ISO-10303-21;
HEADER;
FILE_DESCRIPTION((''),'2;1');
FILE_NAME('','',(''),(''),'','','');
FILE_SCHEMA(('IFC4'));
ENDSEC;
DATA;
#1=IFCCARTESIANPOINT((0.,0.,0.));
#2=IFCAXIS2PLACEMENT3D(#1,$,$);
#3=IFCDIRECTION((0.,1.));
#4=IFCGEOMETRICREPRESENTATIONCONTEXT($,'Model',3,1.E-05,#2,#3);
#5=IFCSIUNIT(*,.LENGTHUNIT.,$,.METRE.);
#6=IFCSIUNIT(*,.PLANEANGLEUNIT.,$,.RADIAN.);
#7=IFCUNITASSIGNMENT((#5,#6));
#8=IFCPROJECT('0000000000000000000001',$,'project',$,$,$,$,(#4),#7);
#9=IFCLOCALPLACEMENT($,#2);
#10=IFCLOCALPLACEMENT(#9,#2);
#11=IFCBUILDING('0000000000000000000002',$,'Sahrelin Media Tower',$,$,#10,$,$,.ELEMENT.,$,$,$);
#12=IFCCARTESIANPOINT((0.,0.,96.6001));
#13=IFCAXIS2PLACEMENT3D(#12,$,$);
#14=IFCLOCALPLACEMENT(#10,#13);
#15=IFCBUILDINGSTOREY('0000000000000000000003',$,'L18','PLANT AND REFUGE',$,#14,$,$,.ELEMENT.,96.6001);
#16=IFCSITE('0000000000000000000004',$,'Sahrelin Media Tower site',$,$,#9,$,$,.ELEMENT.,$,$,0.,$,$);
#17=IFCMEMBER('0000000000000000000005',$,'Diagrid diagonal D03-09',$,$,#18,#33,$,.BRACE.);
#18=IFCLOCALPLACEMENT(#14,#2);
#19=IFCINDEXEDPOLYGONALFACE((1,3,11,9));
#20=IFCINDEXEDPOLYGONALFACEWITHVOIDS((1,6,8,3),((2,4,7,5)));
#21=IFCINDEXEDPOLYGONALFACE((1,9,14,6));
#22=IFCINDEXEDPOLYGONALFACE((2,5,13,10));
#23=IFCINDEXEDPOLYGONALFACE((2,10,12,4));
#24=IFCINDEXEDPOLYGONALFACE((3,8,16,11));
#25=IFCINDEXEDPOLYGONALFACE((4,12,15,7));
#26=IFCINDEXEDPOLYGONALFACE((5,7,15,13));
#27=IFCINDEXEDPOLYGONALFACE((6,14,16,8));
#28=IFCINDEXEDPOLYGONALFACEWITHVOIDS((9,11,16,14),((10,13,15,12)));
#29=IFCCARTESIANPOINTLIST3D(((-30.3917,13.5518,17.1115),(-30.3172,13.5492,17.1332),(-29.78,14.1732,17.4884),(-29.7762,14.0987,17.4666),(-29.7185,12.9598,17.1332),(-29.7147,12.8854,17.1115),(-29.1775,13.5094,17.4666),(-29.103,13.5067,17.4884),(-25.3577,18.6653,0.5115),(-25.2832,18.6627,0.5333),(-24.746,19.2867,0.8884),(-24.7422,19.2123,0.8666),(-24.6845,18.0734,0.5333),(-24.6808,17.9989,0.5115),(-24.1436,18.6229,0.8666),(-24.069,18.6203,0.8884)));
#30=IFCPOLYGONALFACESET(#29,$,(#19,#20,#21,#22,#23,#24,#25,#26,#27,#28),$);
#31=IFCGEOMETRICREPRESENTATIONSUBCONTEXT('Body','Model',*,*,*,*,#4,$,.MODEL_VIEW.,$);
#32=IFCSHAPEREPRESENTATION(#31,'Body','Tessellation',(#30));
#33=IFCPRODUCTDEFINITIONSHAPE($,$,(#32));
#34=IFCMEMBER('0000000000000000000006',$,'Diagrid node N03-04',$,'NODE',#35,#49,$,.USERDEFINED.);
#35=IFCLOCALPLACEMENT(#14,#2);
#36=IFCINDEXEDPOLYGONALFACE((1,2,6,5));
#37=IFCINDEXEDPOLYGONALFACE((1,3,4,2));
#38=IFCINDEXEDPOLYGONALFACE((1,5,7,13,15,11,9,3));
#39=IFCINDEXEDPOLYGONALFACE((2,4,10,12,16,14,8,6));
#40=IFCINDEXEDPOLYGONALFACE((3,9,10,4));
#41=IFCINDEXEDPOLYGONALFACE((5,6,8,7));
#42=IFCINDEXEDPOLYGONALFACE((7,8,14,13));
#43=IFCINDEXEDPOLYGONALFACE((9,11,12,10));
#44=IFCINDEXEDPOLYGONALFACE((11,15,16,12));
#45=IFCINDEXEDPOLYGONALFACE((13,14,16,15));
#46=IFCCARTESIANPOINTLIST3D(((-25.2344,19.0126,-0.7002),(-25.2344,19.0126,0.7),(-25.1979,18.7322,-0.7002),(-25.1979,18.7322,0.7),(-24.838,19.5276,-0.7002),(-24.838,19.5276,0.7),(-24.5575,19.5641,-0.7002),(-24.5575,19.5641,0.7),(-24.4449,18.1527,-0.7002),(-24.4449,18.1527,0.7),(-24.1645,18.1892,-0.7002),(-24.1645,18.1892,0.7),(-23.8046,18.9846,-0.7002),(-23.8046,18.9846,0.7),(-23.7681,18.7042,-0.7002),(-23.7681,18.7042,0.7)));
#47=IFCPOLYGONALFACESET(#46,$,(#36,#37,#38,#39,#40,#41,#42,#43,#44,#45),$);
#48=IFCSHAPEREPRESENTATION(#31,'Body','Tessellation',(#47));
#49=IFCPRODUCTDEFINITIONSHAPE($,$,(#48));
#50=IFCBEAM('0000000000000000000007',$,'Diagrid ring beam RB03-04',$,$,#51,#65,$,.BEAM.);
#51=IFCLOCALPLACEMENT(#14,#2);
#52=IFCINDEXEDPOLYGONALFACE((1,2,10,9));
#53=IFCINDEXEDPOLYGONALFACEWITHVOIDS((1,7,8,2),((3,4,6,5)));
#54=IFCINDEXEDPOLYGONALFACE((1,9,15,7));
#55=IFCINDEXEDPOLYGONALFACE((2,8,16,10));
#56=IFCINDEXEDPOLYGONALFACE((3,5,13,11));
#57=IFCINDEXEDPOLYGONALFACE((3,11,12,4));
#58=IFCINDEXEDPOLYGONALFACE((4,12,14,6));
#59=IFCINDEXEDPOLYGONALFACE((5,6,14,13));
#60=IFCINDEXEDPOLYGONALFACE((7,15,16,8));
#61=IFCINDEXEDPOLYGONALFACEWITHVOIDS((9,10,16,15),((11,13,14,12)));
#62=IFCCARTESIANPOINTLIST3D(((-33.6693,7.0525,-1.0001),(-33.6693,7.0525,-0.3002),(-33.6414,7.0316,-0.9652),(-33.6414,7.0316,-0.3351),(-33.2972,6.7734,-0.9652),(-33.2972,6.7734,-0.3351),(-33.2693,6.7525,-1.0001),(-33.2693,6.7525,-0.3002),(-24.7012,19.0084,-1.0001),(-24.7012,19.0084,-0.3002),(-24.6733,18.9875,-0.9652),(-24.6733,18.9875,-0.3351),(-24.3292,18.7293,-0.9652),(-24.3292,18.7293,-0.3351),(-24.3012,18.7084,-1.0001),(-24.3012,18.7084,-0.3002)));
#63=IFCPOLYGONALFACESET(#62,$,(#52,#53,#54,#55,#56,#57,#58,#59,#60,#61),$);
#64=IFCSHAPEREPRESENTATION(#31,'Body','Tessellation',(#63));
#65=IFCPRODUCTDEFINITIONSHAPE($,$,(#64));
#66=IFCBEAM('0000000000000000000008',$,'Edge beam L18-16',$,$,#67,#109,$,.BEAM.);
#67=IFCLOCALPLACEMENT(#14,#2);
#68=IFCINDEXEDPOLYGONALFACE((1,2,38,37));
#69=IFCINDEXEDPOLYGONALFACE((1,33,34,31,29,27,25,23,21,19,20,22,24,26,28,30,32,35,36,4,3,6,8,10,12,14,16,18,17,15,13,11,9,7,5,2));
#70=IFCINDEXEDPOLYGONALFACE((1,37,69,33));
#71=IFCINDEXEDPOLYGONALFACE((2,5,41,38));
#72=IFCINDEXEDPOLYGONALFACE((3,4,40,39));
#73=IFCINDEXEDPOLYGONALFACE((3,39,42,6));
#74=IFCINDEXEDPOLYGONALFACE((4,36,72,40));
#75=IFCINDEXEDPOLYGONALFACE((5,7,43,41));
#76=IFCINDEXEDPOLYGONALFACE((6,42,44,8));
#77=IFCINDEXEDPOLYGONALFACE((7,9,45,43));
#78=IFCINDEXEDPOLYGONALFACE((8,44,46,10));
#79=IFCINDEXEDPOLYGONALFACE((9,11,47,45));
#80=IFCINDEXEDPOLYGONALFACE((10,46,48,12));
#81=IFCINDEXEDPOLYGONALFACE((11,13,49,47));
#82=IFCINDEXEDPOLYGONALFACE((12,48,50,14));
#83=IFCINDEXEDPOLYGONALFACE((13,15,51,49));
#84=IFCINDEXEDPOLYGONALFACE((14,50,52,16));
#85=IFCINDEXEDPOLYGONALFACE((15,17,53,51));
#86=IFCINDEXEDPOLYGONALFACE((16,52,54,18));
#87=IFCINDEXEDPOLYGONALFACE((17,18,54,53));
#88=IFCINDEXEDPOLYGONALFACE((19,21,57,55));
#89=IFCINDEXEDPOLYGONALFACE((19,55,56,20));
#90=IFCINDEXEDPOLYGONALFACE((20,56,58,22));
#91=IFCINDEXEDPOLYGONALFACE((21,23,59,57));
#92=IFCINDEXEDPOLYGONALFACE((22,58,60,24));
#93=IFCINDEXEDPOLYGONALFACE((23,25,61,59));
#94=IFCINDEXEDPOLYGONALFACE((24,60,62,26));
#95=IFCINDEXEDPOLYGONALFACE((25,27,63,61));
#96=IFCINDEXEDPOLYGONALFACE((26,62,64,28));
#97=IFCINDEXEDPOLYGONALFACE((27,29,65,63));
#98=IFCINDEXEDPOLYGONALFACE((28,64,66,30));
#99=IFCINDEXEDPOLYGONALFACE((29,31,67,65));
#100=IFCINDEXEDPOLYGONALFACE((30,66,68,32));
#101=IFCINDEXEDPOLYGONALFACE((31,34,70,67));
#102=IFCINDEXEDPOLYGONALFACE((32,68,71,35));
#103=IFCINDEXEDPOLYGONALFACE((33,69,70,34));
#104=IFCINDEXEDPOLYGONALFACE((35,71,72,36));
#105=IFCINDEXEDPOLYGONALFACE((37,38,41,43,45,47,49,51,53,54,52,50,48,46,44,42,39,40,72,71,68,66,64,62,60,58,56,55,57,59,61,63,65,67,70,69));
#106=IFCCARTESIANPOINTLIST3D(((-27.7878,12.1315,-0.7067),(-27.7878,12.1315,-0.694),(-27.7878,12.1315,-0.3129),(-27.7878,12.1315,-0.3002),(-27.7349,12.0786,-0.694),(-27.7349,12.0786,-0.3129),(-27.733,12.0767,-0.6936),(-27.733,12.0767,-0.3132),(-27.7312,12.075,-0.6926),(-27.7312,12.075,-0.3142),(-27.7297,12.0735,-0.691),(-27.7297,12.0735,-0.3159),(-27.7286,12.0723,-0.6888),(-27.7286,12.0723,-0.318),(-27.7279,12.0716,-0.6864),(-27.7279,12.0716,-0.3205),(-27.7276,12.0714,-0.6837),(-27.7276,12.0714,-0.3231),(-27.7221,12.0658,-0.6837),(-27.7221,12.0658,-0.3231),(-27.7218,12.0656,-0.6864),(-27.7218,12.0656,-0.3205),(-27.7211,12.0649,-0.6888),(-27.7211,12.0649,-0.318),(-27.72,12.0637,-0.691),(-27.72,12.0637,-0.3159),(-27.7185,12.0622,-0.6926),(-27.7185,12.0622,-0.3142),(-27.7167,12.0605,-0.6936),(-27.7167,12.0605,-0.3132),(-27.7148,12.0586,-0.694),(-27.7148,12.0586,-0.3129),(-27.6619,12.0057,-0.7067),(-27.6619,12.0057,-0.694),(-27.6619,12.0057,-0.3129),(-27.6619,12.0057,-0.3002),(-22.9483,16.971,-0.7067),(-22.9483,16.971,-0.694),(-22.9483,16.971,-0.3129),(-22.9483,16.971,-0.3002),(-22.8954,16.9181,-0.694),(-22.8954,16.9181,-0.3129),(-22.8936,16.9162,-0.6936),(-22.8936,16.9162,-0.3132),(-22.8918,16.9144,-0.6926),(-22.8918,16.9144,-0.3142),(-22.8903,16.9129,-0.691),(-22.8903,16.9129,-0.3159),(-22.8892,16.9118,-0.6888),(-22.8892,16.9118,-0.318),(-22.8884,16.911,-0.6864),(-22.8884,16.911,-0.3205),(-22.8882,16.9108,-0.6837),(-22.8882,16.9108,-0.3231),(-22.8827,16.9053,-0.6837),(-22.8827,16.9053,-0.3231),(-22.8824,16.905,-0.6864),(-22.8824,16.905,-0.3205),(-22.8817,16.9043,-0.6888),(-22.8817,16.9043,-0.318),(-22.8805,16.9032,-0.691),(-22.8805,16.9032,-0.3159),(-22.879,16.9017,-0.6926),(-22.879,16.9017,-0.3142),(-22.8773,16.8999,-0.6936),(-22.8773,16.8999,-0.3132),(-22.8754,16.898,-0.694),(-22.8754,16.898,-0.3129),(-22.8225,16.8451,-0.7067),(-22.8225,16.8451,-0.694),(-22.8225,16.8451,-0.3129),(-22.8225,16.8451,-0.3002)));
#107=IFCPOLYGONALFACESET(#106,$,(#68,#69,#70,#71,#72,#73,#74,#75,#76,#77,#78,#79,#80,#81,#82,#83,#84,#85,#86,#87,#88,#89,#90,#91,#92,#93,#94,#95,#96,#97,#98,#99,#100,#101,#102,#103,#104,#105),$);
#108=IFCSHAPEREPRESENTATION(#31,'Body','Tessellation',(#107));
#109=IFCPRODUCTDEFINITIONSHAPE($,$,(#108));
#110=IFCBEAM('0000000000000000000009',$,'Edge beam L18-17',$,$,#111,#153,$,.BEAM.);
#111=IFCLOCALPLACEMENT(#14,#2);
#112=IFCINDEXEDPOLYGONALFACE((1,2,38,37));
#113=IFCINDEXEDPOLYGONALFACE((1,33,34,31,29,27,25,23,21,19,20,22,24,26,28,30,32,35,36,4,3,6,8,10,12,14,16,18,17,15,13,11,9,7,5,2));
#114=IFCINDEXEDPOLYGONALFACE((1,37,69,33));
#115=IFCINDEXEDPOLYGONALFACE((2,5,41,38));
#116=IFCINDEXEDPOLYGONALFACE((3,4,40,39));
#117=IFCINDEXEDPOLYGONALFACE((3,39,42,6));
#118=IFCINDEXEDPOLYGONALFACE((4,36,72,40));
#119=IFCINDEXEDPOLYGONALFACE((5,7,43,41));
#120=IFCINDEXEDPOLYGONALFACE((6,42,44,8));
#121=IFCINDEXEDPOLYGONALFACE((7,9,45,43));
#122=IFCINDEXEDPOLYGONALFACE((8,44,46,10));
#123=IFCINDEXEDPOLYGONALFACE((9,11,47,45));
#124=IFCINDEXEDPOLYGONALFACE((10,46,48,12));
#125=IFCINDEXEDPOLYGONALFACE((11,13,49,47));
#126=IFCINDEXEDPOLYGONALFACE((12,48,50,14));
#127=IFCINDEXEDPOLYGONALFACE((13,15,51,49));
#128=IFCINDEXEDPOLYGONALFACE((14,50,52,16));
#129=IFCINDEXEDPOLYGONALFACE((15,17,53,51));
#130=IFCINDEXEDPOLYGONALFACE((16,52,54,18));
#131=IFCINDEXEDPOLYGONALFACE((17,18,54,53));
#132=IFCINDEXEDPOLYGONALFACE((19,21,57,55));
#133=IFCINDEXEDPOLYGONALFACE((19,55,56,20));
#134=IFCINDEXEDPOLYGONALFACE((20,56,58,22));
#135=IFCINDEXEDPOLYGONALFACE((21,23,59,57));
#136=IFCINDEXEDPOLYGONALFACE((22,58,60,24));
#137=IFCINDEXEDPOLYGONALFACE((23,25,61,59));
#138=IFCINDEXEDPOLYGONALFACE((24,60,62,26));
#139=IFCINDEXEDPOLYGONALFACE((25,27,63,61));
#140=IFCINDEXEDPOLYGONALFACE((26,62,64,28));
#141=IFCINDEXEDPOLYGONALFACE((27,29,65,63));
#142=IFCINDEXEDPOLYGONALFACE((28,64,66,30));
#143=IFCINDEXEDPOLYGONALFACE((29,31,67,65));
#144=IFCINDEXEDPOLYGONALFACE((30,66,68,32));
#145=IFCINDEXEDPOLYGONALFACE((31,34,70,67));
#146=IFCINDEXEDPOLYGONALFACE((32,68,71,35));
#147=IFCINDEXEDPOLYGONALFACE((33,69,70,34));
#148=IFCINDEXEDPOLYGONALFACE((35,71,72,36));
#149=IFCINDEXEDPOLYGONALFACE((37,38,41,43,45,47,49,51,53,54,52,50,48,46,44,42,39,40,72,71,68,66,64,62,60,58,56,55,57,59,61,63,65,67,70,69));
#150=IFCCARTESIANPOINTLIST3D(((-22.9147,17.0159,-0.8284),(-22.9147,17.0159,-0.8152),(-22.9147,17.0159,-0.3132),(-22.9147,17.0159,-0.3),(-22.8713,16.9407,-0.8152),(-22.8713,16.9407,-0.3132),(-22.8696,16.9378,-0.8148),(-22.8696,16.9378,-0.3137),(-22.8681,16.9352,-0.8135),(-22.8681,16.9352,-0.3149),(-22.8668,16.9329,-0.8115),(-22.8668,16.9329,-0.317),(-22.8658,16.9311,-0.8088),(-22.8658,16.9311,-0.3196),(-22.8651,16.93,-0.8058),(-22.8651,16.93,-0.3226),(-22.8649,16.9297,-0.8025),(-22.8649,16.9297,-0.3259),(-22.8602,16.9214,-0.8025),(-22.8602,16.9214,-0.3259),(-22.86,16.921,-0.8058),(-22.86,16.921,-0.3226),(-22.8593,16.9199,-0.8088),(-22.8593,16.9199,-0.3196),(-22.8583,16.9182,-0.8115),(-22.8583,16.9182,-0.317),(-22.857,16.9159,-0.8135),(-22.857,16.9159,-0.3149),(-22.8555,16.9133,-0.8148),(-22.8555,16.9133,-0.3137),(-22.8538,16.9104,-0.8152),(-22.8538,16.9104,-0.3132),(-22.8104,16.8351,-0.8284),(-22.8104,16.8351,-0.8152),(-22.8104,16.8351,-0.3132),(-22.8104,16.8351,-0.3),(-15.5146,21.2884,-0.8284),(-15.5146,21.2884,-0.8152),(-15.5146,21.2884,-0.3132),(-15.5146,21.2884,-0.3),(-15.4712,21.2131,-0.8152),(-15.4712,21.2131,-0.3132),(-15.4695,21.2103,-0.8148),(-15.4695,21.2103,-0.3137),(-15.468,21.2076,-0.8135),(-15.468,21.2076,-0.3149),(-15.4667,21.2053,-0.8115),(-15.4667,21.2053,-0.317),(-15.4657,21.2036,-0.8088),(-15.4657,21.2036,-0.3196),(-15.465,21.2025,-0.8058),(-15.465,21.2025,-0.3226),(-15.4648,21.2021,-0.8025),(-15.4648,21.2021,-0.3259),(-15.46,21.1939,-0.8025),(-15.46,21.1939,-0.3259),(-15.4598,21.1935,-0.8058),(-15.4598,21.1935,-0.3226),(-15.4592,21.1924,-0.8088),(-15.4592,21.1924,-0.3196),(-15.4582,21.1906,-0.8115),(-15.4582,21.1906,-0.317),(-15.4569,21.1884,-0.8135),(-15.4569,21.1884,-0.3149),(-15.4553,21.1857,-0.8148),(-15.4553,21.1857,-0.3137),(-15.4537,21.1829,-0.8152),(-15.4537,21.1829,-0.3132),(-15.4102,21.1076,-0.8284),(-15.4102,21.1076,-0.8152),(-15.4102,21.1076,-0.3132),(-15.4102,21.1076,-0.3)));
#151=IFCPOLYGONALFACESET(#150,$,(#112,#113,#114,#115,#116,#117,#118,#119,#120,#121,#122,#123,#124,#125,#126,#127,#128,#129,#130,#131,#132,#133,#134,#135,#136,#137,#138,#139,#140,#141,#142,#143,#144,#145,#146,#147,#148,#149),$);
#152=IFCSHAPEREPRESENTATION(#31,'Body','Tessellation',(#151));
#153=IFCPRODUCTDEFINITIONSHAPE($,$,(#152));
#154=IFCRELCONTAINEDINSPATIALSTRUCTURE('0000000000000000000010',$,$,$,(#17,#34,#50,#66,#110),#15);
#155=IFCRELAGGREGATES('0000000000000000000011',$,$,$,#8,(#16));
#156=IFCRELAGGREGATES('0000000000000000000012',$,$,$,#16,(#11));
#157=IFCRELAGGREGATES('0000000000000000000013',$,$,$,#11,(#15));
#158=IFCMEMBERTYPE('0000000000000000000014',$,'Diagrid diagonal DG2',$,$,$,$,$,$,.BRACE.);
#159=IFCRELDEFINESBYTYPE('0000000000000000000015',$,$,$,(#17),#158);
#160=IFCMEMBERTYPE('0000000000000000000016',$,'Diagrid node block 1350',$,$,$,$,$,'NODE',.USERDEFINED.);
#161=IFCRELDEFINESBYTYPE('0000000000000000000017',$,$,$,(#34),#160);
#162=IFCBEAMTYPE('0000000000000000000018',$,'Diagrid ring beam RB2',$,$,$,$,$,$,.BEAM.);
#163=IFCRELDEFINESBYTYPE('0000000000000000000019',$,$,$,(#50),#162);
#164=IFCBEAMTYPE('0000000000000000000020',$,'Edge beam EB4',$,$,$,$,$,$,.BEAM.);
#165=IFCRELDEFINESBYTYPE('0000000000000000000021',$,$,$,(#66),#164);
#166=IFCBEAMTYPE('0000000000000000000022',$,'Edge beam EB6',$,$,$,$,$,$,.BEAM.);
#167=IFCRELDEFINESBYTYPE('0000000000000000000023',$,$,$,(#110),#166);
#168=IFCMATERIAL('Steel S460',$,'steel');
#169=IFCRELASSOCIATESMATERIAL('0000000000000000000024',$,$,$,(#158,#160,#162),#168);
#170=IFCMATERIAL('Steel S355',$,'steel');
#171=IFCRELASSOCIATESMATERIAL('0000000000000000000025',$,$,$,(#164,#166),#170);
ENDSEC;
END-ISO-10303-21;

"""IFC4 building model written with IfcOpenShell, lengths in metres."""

from ifc_helpers import new_model, si_unit, direction, frame, origin, origin_2d, place, context, subcontext, project, spatial, polyline, hollow_rectangle, i_section, outline, extrude, material, material_profile, profile_set, type_object, element, save


model = new_model("IFC4")

# Units and contexts
model_context = context("Model", 3, precision=1e-05, world=origin(), true_north=direction((0.0, 1.0)))
body_context = subcontext(model_context, "Body", "Model", "MODEL_VIEW")
ifc_project = project(units=[si_unit("LENGTHUNIT", "METRE"), si_unit("PLANEANGLEUNIT", "RADIAN")], contexts=[model_context])

# Site, building, storey
site_placement = place(None, origin())
site = spatial("IfcSite", under=ifc_project, at=site_placement, Name="Sahrelin Media Tower site", CompositionType="ELEMENT", RefElevation=0.0)
building_placement = place(site_placement, origin())
building = spatial("IfcBuilding", under=site, at=building_placement, Name="Sahrelin Media Tower", CompositionType="ELEMENT")
storey_placement = place(building_placement, frame((0.0, 0.0, 96.6001)))
storey = spatial("IfcBuildingStorey", under=building, at=storey_placement, Name="L18", Description="PLANT AND REFUGE", CompositionType="ELEMENT", Elevation=96.6001)

# Members
ifc_material_1 = material(Name="Steel S460", Category="steel")
ifc_material_profile_1 = material_profile(ifc_material_1, hollow_rectangle(XDim=0.95, YDim=0.95, WallThickness=0.0549, at=origin_2d()), Name="Diagrid diagonal DG2")
ifc_profile_set_1 = profile_set([ifc_material_profile_1], Name="Steel S460")
member_type_1 = type_object("IfcMemberType", Name="Diagrid diagonal DG2", PredefinedType="BRACE", material=ifc_profile_set_1)
member_1_placement = place(storey_placement, frame((-24.7134, 18.6428, 0.7), z_axis=(-0.278359, -0.28276, 0.917913), x_axis=(0.712631, -0.701539, 0.0)))
element("IfcMember", 1, at=member_1_placement, inside=storey, type_object=member_type_1, Name="Diagrid diagonal D03-09", PredefinedType="BRACE", context=body_context, shape_type="SweptSolid", body=[
    extrude(hollow_rectangle(XDim=0.95, YDim=0.95, WallThickness=0.0549, at=origin_2d()), origin(), (0.0, 0.0, 1.0), 18.0845),
])
ifc_material_profile_2 = material_profile(ifc_material_1, outline(polyline([(0.4751, -0.5249), (0.675, -0.325), (0.675, 0.325), (0.4751, 0.5249), (-0.4751, 0.5249), (-0.675, 0.325), (-0.675, -0.325), (-0.4751, -0.5249), (0.4751, -0.5249)])), Name="Diagrid node block 1350")
ifc_profile_set_2 = profile_set([ifc_material_profile_2], Name="Steel S460")
member_type_2 = type_object("IfcMemberType", Name="Diagrid node block 1350", ElementType="NODE", PredefinedType="USERDEFINED", material=ifc_profile_set_2)
member_2_placement = place(storey_placement, frame((-24.5012, 18.8584, -0.7002), z_axis=(0.0, 0.0, 1.0), x_axis=(-0.792445, 0.609943, 0.0)))
element("IfcMember", 2, at=member_2_placement, inside=storey, type_object=member_type_2, Name="Diagrid node N03-04", ObjectType="NODE", PredefinedType="USERDEFINED", context=body_context, shape_type="SweptSolid", body=[
    extrude(outline(polyline([(0.4751, -0.5249), (0.675, -0.325), (0.675, 0.325), (0.4751, 0.5249), (-0.4751, 0.5249), (-0.675, 0.325), (-0.675, -0.325), (-0.4751, -0.5249), (0.4751, -0.5249)])), origin(), (0.0, 0.0, 1.0), 1.4001),
])

# Beams
ifc_material_profile_3 = material_profile(ifc_material_1, hollow_rectangle(XDim=0.5, YDim=0.7, WallThickness=0.0349, at=origin_2d()), Name="Diagrid ring beam RB2")
ifc_profile_set_3 = profile_set([ifc_material_profile_3], Name="Steel S460")
beam_type_1 = type_object("IfcBeamType", Name="Diagrid ring beam RB2", PredefinedType="BEAM", material=ifc_profile_set_3)
beam_1_placement = place(storey_placement, frame((-24.5012, 18.8584, -0.6501), z_axis=(-0.60005, -0.799963, 0.0), x_axis=(0.799963, -0.60005, 0.0)))
element("IfcBeam", 3, at=beam_1_placement, inside=storey, type_object=beam_type_1, Name="Diagrid ring beam RB03-04", PredefinedType="BEAM", context=body_context, shape_type="SweptSolid", body=[
    extrude(hollow_rectangle(XDim=0.5, YDim=0.7, WallThickness=0.0349, at=origin_2d()), origin(), (0.0, 0.0, 1.0), 14.9456),
])
ifc_material_2 = material(Name="Steel S355", Category="steel")
ifc_material_profile_4 = material_profile(ifc_material_2, i_section(OverallWidth=0.178, OverallDepth=0.4065, WebThickness=0.0078, FlangeThickness=0.0127, FilletRadius=0.0103, at=origin_2d()), Name="UB 406x178x60")
ifc_profile_set_4 = profile_set([ifc_material_profile_4], Name="Steel S355")
beam_type_2 = type_object("IfcBeamType", Name="Edge beam EB4", PredefinedType="BEAM", material=ifc_profile_set_4)
beam_2_placement = place(storey_placement, frame((-27.7249, 12.0686, -0.5034), z_axis=(0.707107, 0.707107, 0.0), x_axis=(-0.707107, 0.707107, 0.0)))
element("IfcBeam", 4, at=beam_2_placement, inside=storey, type_object=beam_type_2, Name="Edge beam L18-16", PredefinedType="BEAM", context=body_context, shape_type="SweptSolid", body=[
    extrude(i_section(OverallWidth=0.178, OverallDepth=0.4065, WebThickness=0.0078, FlangeThickness=0.0127, FilletRadius=0.0103, at=origin_2d()), origin(), (0.0, 0.0, 1.0), 6.844),
])
ifc_material_profile_5 = material_profile(ifc_material_2, i_section(OverallWidth=0.2087, OverallDepth=0.5283, WebThickness=0.0095, FlangeThickness=0.0132, FilletRadius=0.0127, at=origin_2d()), Name="UB 533x210x82")
ifc_profile_set_5 = profile_set([ifc_material_profile_5], Name="Steel S355")
beam_type_3 = type_object("IfcBeamType", Name="Edge beam EB6", PredefinedType="BEAM", material=ifc_profile_set_5)
beam_3_placement = place(storey_placement, frame((-22.8625, 16.9255, -0.5642), z_axis=(0.866026, 0.499999, 0.0), x_axis=(-0.499999, 0.866026, 0.0)))
element("IfcBeam", 5, at=beam_3_placement, inside=storey, type_object=beam_type_3, Name="Edge beam L18-17", PredefinedType="BEAM", context=body_context, shape_type="SweptSolid", body=[
    extrude(i_section(OverallWidth=0.2087, OverallDepth=0.5283, WebThickness=0.0095, FlangeThickness=0.0132, FilletRadius=0.0127, at=origin_2d()), origin(), (0.0, 0.0, 1.0), 8.5449),
])

save(model, "model.ifc")
